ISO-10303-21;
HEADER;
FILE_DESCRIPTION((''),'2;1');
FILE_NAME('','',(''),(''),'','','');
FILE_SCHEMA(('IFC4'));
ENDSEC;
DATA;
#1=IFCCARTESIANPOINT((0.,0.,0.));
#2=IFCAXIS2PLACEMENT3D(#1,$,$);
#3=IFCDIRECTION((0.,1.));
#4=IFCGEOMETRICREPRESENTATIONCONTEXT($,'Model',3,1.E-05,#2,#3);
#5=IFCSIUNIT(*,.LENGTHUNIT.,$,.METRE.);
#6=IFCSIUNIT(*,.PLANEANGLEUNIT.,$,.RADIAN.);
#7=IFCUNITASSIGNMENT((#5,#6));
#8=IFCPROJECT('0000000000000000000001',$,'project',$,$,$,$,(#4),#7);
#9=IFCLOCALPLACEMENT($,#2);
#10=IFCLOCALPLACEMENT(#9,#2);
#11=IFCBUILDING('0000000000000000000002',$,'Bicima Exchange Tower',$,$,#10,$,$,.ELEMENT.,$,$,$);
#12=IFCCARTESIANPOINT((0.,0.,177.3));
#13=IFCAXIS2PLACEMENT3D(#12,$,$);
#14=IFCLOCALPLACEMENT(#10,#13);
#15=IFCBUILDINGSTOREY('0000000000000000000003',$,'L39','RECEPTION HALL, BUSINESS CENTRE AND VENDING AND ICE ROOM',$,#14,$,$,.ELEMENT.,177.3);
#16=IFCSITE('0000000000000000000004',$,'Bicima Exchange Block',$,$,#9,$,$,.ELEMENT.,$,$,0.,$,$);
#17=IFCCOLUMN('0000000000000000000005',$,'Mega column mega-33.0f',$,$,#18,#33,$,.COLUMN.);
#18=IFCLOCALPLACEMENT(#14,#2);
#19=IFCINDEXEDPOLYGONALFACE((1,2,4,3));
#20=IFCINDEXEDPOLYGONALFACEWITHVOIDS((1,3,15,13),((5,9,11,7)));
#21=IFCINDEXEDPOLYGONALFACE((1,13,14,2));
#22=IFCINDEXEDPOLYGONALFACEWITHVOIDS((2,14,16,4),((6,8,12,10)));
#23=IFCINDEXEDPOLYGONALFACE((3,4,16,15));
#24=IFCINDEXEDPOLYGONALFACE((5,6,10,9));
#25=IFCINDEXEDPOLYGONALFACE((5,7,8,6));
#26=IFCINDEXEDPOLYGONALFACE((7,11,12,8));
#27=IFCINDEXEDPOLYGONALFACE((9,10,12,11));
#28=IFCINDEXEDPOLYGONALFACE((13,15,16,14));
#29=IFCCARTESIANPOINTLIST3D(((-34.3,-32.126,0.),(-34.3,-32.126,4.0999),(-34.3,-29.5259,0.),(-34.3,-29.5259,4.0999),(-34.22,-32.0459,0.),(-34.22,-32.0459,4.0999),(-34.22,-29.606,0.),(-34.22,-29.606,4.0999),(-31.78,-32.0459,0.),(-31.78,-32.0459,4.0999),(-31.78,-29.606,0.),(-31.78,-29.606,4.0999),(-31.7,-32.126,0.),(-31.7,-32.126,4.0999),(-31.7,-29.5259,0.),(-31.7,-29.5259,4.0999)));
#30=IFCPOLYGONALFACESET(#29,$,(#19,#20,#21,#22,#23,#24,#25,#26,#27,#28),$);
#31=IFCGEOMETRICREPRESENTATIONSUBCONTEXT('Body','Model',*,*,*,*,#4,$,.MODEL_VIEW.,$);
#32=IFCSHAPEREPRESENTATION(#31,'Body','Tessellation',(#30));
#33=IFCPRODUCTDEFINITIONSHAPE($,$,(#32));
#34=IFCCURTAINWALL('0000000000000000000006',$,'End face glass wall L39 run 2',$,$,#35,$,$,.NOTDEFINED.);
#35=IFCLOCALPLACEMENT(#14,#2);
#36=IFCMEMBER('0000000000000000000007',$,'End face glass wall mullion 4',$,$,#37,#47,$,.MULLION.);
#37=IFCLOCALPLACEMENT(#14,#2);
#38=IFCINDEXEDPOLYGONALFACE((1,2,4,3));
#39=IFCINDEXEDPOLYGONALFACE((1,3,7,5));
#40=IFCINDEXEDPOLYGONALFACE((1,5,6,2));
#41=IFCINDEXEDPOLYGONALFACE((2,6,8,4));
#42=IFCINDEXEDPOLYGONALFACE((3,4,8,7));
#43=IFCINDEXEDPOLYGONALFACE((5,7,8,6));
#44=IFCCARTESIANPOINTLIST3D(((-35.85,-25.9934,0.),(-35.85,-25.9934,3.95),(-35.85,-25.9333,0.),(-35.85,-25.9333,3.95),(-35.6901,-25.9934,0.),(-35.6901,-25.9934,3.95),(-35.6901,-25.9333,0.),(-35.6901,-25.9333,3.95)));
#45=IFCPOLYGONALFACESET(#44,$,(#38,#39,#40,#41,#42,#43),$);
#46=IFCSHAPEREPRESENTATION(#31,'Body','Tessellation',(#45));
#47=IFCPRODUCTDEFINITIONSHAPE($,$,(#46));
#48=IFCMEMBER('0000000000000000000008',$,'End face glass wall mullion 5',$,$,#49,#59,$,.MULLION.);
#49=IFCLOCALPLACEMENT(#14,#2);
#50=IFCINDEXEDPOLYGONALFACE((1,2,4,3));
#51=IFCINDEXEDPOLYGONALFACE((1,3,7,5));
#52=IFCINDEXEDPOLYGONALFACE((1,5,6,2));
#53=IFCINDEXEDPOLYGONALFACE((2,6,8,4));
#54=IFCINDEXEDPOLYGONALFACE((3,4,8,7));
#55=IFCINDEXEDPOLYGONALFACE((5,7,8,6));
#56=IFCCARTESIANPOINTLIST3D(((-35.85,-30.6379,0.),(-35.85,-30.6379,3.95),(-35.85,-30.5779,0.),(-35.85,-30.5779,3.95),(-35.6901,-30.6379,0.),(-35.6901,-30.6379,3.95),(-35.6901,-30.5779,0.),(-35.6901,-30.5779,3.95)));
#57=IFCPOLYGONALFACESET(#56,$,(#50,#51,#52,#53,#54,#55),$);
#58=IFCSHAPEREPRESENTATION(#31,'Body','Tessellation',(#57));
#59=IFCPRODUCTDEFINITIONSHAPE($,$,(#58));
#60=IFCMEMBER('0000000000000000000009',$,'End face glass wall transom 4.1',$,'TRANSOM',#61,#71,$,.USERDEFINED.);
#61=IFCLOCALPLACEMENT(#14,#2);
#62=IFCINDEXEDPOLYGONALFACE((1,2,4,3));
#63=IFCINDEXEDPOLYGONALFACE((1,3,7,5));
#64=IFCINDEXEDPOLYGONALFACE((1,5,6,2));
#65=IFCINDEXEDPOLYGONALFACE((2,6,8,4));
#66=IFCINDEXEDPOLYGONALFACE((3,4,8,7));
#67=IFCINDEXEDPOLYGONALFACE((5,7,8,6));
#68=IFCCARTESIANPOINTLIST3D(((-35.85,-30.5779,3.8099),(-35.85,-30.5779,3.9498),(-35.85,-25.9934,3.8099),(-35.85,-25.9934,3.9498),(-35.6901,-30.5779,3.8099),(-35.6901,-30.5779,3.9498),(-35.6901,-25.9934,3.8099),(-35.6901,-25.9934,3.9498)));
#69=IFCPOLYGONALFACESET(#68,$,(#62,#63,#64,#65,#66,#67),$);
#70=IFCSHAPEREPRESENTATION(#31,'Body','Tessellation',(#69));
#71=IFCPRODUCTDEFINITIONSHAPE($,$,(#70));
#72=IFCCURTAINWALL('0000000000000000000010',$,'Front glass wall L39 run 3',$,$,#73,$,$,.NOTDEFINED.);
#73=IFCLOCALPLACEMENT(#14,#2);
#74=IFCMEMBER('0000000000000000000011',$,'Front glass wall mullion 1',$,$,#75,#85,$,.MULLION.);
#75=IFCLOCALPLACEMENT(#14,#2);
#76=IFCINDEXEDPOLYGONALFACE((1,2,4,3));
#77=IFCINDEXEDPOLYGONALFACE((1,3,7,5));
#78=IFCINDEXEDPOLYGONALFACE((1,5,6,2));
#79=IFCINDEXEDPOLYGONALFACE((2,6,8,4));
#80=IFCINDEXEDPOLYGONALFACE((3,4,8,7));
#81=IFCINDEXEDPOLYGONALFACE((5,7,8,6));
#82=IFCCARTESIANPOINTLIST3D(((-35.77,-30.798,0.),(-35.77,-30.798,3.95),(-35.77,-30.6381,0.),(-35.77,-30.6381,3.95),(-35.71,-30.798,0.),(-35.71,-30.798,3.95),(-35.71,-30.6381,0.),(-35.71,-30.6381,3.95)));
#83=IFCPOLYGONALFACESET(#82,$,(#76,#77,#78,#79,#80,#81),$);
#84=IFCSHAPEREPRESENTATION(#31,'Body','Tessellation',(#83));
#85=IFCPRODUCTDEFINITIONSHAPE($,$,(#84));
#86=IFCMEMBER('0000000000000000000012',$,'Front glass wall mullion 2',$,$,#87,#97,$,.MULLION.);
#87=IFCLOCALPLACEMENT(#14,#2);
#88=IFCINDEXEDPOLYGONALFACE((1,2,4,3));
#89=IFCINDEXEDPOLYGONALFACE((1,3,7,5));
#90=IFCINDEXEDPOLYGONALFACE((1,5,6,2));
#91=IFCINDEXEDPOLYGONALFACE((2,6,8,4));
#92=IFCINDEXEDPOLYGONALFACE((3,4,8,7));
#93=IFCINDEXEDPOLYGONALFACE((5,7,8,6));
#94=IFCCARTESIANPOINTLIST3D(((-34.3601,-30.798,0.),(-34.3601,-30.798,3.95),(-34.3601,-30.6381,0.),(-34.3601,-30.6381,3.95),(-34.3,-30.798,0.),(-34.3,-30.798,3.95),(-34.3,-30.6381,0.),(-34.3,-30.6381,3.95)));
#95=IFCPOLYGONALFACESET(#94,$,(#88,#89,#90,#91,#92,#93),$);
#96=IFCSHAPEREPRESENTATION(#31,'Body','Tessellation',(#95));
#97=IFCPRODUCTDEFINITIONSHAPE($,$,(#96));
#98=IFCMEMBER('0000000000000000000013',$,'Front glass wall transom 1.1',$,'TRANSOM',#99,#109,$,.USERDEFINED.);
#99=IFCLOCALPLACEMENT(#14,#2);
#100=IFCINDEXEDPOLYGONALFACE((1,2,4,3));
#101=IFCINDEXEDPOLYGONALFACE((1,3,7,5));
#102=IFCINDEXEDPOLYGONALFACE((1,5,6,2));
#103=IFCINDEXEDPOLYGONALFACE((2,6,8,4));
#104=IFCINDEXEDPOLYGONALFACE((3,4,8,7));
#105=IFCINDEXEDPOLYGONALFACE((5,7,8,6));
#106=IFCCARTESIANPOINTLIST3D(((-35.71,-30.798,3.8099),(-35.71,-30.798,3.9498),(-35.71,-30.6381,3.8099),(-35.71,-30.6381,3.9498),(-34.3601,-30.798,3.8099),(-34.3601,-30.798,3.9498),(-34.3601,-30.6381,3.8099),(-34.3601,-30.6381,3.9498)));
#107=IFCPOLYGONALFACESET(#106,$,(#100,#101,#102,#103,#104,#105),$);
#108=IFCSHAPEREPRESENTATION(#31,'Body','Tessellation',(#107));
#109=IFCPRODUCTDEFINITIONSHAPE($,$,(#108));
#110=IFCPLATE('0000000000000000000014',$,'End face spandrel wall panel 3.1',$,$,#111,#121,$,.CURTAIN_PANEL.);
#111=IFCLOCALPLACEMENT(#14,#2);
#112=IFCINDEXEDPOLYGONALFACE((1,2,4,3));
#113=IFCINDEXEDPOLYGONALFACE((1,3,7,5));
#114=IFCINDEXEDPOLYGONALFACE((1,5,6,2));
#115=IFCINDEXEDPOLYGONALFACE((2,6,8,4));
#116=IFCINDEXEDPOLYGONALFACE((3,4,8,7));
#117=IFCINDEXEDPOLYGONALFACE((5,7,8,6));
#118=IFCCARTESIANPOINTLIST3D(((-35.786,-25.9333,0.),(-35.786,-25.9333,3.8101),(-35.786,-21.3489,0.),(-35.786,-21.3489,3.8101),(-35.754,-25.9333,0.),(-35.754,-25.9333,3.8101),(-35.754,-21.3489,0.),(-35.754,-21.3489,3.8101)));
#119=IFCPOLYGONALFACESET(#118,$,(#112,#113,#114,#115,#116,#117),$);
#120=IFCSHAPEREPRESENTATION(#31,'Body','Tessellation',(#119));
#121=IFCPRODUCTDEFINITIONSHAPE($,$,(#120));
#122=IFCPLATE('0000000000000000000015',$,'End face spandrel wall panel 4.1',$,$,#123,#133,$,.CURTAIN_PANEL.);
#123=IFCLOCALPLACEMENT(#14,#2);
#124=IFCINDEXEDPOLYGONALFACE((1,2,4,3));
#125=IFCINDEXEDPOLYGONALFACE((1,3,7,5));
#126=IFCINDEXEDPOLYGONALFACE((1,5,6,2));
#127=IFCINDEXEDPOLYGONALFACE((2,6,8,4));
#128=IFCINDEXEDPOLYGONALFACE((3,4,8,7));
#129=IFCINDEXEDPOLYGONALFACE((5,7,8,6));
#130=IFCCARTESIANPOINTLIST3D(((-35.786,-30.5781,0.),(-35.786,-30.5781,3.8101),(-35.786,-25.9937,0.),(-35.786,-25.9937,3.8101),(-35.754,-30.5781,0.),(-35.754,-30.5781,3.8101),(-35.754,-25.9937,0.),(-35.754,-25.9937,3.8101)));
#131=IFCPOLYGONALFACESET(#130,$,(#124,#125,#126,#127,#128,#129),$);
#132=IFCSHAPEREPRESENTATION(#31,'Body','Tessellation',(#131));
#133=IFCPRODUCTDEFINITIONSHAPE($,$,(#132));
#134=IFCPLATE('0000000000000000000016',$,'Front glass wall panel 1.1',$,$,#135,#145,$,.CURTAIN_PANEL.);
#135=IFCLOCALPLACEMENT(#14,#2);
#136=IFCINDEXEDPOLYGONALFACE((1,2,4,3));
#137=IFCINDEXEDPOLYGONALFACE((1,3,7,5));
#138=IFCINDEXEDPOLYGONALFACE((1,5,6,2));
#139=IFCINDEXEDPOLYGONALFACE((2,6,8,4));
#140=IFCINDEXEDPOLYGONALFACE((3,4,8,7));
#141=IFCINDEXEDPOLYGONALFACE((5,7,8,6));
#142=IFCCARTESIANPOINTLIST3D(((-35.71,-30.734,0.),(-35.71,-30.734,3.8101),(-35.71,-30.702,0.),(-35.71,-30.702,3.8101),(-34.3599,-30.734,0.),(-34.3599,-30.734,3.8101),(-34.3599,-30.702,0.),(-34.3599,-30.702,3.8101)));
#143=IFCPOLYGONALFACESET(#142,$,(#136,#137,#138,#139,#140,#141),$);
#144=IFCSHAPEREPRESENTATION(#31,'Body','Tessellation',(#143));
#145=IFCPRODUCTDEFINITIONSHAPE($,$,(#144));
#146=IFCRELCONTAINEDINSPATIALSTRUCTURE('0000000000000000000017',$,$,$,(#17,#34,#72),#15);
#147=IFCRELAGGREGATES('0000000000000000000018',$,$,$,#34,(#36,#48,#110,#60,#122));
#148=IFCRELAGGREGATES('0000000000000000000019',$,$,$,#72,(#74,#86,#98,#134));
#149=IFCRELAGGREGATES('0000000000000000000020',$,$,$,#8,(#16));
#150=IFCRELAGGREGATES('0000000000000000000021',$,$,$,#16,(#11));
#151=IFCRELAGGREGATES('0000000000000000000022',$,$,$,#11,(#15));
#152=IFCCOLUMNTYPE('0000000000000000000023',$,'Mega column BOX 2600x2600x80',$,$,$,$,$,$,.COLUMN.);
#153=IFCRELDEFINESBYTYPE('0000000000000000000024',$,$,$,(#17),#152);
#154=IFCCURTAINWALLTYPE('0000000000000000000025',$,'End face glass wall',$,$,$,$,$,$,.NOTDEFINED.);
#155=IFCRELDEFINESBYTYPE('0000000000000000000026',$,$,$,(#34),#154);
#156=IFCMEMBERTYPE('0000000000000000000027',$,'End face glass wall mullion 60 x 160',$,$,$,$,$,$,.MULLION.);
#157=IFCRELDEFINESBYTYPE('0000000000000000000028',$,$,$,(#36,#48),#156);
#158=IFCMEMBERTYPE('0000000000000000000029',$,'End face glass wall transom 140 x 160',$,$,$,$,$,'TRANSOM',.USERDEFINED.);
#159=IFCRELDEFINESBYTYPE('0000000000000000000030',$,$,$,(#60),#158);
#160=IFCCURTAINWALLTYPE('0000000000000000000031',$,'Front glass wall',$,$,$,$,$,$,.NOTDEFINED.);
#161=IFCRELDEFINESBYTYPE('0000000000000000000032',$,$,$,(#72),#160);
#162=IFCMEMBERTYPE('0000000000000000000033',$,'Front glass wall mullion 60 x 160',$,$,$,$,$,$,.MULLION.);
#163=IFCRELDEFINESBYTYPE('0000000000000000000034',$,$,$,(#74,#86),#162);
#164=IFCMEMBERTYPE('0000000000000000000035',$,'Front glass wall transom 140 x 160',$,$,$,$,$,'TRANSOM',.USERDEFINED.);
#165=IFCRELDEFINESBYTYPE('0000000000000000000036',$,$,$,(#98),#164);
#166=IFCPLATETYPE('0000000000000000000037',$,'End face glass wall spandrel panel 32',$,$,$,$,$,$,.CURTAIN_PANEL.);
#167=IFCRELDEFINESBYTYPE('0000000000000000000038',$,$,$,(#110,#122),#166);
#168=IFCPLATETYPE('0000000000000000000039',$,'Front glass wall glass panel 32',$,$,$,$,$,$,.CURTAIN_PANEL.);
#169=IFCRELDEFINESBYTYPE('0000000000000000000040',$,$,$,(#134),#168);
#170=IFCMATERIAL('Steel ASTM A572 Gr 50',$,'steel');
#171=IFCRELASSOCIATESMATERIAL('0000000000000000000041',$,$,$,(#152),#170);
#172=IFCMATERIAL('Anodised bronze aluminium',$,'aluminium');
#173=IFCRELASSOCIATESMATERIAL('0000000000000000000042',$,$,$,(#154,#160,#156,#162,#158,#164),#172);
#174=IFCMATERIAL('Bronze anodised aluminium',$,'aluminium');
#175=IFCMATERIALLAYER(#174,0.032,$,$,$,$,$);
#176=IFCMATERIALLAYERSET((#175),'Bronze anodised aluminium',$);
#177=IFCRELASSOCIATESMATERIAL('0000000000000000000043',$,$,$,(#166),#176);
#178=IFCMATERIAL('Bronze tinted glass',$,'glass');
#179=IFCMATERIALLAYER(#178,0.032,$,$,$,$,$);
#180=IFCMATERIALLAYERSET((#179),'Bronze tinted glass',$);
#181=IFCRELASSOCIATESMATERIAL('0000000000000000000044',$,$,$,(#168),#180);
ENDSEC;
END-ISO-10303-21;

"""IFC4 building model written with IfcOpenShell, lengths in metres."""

from ifc_helpers import new_model, si_unit, direction, frame, origin, origin_2d, place, context, subcontext, project, spatial, rectangle, hollow_rectangle, extrude, material, layer, layer_set, material_profile, profile_set, type_object, element, aggregate, save


model = new_model("IFC4")

# Units and contexts
model_context = context("Model", 3, precision=1e-05, world=origin(), true_north=direction((0.0, 1.0)))
body_context = subcontext(model_context, "Body", "Model", "MODEL_VIEW")
ifc_project = project(units=[si_unit("LENGTHUNIT", "METRE"), si_unit("PLANEANGLEUNIT", "RADIAN")], contexts=[model_context])

# Site, building, storey
site_placement = place(None, origin())
site = spatial("IfcSite", under=ifc_project, at=site_placement, Name="Bicima Exchange Block", CompositionType="ELEMENT", RefElevation=0.0)
building_placement = place(site_placement, origin())
building = spatial("IfcBuilding", under=site, at=building_placement, Name="Bicima Exchange Tower", CompositionType="ELEMENT")
storey_placement = place(building_placement, frame((0.0, 0.0, 177.3)))
storey = spatial("IfcBuildingStorey", under=building, at=storey_placement, Name="L39", Description="RECEPTION HALL, BUSINESS CENTRE AND VENDING AND ICE ROOM", CompositionType="ELEMENT", Elevation=177.3)

# Column
ifc_material_1 = material(Name="Steel ASTM A572 Gr 50", Category="steel")
ifc_material_profile_1 = material_profile(ifc_material_1, hollow_rectangle(XDim=2.6001, YDim=2.6001, WallThickness=0.0801, at=origin_2d()))
ifc_profile_set_1 = profile_set([ifc_material_profile_1], Name="Steel ASTM A572 Gr 50")
column_type = type_object("IfcColumnType", Name="Mega column BOX 2600x2600x80", PredefinedType="COLUMN", material=ifc_profile_set_1)
column_placement = place(storey_placement, frame((-33.0, -30.8259, 0.0), z_axis=(0.0, 0.0, 1.0), x_axis=(1.0, 0.0, 0.0)))
element("IfcColumn", 1, at=column_placement, inside=storey, type_object=column_type, Name="Mega column mega-33.0f", PredefinedType="COLUMN", context=body_context, shape_type="SweptSolid", body=[
    extrude(hollow_rectangle(XDim=2.6001, YDim=2.6001, WallThickness=0.0801, at=origin_2d()), origin(), (0.0, 0.0, 1.0), 4.0999),
])

# Curtain walls, members
ifc_material_2 = material(Name="Anodised bronze aluminium", Category="aluminium")
curtain_wall_type_1 = type_object("IfcCurtainWallType", Name="End face glass wall", PredefinedType="NOTDEFINED", material=ifc_material_2)
curtain_wall_1_placement = place(storey_placement, origin())
curtain_wall_1 = element("IfcCurtainWall", 2, at=curtain_wall_1_placement, inside=storey, type_object=curtain_wall_type_1, Name="End face glass wall L39 run 2", PredefinedType="NOTDEFINED")
ifc_material_profile_2 = material_profile(ifc_material_2, rectangle(XDim=0.1599, YDim=0.0601, at=origin_2d()))
ifc_profile_set_2 = profile_set([ifc_material_profile_2], Name="Anodised bronze aluminium")
member_type_1 = type_object("IfcMemberType", Name="End face glass wall mullion 60 x 160", PredefinedType="MULLION", material=ifc_profile_set_2)
member_1_placement = place(storey_placement, frame((-35.77, -25.9634, 0.0), z_axis=(0.0, 0.0, 1.0), x_axis=(1.0, 0.0, 0.0)))
member_1 = element("IfcMember", 3, at=member_1_placement, type_object=member_type_1, Name="End face glass wall mullion 4", PredefinedType="MULLION", context=body_context, shape_type="SweptSolid", body=[
    extrude(rectangle(XDim=0.1599, YDim=0.0601, at=origin_2d()), origin(), (0.0, 0.0, 1.0), 3.95),
])
member_2_placement = place(storey_placement, frame((-35.77, -30.6079, 0.0), z_axis=(0.0, 0.0, 1.0), x_axis=(1.0, 0.0, 0.0)))
member_2 = element("IfcMember", 4, at=member_2_placement, type_object=member_type_1, Name="End face glass wall mullion 5", PredefinedType="MULLION", context=body_context, shape_type="SweptSolid", body=[
    extrude(rectangle(XDim=0.1599, YDim=0.0601, at=origin_2d()), origin(), (0.0, 0.0, 1.0), 3.95),
])
ifc_material_profile_3 = material_profile(ifc_material_2, rectangle(XDim=0.1599, YDim=0.1399, at=origin_2d()))
ifc_profile_set_3 = profile_set([ifc_material_profile_3], Name="Anodised bronze aluminium")
member_type_2 = type_object("IfcMemberType", Name="End face glass wall transom 140 x 160", ElementType="TRANSOM", PredefinedType="USERDEFINED", material=ifc_profile_set_3)
member_3_placement = place(storey_placement, frame((-35.77, -25.9934, 3.8799), z_axis=(0.0, -1.0, 0.0), x_axis=(1.0, 0.0, 0.0)))
member_3 = element("IfcMember", 5, at=member_3_placement, type_object=member_type_2, Name="End face glass wall transom 4.1", ObjectType="TRANSOM", PredefinedType="USERDEFINED", context=body_context, shape_type="SweptSolid", body=[
    extrude(rectangle(XDim=0.1599, YDim=0.1399, at=origin_2d()), origin(), (0.0, 0.0, 1.0), 4.5845),
])
curtain_wall_type_2 = type_object("IfcCurtainWallType", Name="Front glass wall", PredefinedType="NOTDEFINED", material=ifc_material_2)
curtain_wall_2_placement = place(storey_placement, origin())
curtain_wall_2 = element("IfcCurtainWall", 6, at=curtain_wall_2_placement, inside=storey, type_object=curtain_wall_type_2, Name="Front glass wall L39 run 3", PredefinedType="NOTDEFINED")
member_type_3 = type_object("IfcMemberType", Name="Front glass wall mullion 60 x 160", PredefinedType="MULLION", material=ifc_profile_set_2)
member_4_placement = place(storey_placement, frame((-35.74, -30.718, 0.0), z_axis=(0.0, 0.0, 1.0), x_axis=(0.0, 1.0, 0.0)))
member_4 = element("IfcMember", 7, at=member_4_placement, type_object=member_type_3, Name="Front glass wall mullion 1", PredefinedType="MULLION", context=body_context, shape_type="SweptSolid", body=[
    extrude(rectangle(XDim=0.1599, YDim=0.0601, at=origin_2d()), origin(), (0.0, 0.0, 1.0), 3.95),
])
member_5_placement = place(storey_placement, frame((-34.3301, -30.718, 0.0), z_axis=(0.0, 0.0, 1.0), x_axis=(0.0, 1.0, 0.0)))
member_5 = element("IfcMember", 8, at=member_5_placement, type_object=member_type_3, Name="Front glass wall mullion 2", PredefinedType="MULLION", context=body_context, shape_type="SweptSolid", body=[
    extrude(rectangle(XDim=0.1599, YDim=0.0601, at=origin_2d()), origin(), (0.0, 0.0, 1.0), 3.95),
])
member_type_4 = type_object("IfcMemberType", Name="Front glass wall transom 140 x 160", ElementType="TRANSOM", PredefinedType="USERDEFINED", material=ifc_profile_set_3)
member_6_placement = place(storey_placement, frame((-35.71, -30.718, 3.8799), z_axis=(1.0, 0.0, 0.0), x_axis=(0.0, 1.0, 0.0)))
member_6 = element("IfcMember", 9, at=member_6_placement, type_object=member_type_4, Name="Front glass wall transom 1.1", ObjectType="TRANSOM", PredefinedType="USERDEFINED", context=body_context, shape_type="SweptSolid", body=[
    extrude(rectangle(XDim=0.1599, YDim=0.1399, at=origin_2d()), origin(), (0.0, 0.0, 1.0), 1.3499),
])

# Plates
ifc_material_3 = material(Name="Bronze anodised aluminium", Category="aluminium")
ifc_layer_1 = layer(ifc_material_3, 0.032)
ifc_layer_set_1 = layer_set([ifc_layer_1], Name="Bronze anodised aluminium")
plate_type_1 = type_object("IfcPlateType", Name="End face glass wall spandrel panel 32", PredefinedType="CURTAIN_PANEL", material=ifc_layer_set_1)
plate_1_placement = place(storey_placement, frame((-35.77, -23.6411, 0.0), z_axis=(0.0, 0.0, 1.0), x_axis=(0.0, -1.0, 0.0)))
plate_1 = element("IfcPlate", 10, at=plate_1_placement, type_object=plate_type_1, Name="End face spandrel wall panel 3.1", PredefinedType="CURTAIN_PANEL", context=body_context, shape_type="SweptSolid", body=[
    extrude(rectangle(XDim=4.5845, YDim=0.032, at=origin_2d()), origin(), (0.0, 0.0, 1.0), 3.8101),
])
plate_2_placement = place(storey_placement, frame((-35.77, -28.2859, 0.0), z_axis=(0.0, 0.0, 1.0), x_axis=(0.0, -1.0, 0.0)))
plate_2 = element("IfcPlate", 11, at=plate_2_placement, type_object=plate_type_1, Name="End face spandrel wall panel 4.1", PredefinedType="CURTAIN_PANEL", context=body_context, shape_type="SweptSolid", body=[
    extrude(rectangle(XDim=4.5845, YDim=0.032, at=origin_2d()), origin(), (0.0, 0.0, 1.0), 3.8101),
])
aggregate(curtain_wall_1, [member_1, member_2, plate_1, member_3, plate_2])
ifc_material_4 = material(Name="Bronze tinted glass", Category="glass")
ifc_layer_2 = layer(ifc_material_4, 0.032)
ifc_layer_set_2 = layer_set([ifc_layer_2], Name="Bronze tinted glass")
plate_type_2 = type_object("IfcPlateType", Name="Front glass wall glass panel 32", PredefinedType="CURTAIN_PANEL", material=ifc_layer_set_2)
plate_3_placement = place(storey_placement, frame((-35.0349, -30.718, 0.0), z_axis=(0.0, 0.0, 1.0), x_axis=(1.0, 0.0, 0.0)))
plate_3 = element("IfcPlate", 12, at=plate_3_placement, type_object=plate_type_2, Name="Front glass wall panel 1.1", PredefinedType="CURTAIN_PANEL", context=body_context, shape_type="SweptSolid", body=[
    extrude(rectangle(XDim=1.3501, YDim=0.032, at=origin_2d()), origin(), (0.0, 0.0, 1.0), 3.8101),
])
aggregate(curtain_wall_2, [member_4, member_5, member_6, plate_3])

save(model, "model.ifc")
